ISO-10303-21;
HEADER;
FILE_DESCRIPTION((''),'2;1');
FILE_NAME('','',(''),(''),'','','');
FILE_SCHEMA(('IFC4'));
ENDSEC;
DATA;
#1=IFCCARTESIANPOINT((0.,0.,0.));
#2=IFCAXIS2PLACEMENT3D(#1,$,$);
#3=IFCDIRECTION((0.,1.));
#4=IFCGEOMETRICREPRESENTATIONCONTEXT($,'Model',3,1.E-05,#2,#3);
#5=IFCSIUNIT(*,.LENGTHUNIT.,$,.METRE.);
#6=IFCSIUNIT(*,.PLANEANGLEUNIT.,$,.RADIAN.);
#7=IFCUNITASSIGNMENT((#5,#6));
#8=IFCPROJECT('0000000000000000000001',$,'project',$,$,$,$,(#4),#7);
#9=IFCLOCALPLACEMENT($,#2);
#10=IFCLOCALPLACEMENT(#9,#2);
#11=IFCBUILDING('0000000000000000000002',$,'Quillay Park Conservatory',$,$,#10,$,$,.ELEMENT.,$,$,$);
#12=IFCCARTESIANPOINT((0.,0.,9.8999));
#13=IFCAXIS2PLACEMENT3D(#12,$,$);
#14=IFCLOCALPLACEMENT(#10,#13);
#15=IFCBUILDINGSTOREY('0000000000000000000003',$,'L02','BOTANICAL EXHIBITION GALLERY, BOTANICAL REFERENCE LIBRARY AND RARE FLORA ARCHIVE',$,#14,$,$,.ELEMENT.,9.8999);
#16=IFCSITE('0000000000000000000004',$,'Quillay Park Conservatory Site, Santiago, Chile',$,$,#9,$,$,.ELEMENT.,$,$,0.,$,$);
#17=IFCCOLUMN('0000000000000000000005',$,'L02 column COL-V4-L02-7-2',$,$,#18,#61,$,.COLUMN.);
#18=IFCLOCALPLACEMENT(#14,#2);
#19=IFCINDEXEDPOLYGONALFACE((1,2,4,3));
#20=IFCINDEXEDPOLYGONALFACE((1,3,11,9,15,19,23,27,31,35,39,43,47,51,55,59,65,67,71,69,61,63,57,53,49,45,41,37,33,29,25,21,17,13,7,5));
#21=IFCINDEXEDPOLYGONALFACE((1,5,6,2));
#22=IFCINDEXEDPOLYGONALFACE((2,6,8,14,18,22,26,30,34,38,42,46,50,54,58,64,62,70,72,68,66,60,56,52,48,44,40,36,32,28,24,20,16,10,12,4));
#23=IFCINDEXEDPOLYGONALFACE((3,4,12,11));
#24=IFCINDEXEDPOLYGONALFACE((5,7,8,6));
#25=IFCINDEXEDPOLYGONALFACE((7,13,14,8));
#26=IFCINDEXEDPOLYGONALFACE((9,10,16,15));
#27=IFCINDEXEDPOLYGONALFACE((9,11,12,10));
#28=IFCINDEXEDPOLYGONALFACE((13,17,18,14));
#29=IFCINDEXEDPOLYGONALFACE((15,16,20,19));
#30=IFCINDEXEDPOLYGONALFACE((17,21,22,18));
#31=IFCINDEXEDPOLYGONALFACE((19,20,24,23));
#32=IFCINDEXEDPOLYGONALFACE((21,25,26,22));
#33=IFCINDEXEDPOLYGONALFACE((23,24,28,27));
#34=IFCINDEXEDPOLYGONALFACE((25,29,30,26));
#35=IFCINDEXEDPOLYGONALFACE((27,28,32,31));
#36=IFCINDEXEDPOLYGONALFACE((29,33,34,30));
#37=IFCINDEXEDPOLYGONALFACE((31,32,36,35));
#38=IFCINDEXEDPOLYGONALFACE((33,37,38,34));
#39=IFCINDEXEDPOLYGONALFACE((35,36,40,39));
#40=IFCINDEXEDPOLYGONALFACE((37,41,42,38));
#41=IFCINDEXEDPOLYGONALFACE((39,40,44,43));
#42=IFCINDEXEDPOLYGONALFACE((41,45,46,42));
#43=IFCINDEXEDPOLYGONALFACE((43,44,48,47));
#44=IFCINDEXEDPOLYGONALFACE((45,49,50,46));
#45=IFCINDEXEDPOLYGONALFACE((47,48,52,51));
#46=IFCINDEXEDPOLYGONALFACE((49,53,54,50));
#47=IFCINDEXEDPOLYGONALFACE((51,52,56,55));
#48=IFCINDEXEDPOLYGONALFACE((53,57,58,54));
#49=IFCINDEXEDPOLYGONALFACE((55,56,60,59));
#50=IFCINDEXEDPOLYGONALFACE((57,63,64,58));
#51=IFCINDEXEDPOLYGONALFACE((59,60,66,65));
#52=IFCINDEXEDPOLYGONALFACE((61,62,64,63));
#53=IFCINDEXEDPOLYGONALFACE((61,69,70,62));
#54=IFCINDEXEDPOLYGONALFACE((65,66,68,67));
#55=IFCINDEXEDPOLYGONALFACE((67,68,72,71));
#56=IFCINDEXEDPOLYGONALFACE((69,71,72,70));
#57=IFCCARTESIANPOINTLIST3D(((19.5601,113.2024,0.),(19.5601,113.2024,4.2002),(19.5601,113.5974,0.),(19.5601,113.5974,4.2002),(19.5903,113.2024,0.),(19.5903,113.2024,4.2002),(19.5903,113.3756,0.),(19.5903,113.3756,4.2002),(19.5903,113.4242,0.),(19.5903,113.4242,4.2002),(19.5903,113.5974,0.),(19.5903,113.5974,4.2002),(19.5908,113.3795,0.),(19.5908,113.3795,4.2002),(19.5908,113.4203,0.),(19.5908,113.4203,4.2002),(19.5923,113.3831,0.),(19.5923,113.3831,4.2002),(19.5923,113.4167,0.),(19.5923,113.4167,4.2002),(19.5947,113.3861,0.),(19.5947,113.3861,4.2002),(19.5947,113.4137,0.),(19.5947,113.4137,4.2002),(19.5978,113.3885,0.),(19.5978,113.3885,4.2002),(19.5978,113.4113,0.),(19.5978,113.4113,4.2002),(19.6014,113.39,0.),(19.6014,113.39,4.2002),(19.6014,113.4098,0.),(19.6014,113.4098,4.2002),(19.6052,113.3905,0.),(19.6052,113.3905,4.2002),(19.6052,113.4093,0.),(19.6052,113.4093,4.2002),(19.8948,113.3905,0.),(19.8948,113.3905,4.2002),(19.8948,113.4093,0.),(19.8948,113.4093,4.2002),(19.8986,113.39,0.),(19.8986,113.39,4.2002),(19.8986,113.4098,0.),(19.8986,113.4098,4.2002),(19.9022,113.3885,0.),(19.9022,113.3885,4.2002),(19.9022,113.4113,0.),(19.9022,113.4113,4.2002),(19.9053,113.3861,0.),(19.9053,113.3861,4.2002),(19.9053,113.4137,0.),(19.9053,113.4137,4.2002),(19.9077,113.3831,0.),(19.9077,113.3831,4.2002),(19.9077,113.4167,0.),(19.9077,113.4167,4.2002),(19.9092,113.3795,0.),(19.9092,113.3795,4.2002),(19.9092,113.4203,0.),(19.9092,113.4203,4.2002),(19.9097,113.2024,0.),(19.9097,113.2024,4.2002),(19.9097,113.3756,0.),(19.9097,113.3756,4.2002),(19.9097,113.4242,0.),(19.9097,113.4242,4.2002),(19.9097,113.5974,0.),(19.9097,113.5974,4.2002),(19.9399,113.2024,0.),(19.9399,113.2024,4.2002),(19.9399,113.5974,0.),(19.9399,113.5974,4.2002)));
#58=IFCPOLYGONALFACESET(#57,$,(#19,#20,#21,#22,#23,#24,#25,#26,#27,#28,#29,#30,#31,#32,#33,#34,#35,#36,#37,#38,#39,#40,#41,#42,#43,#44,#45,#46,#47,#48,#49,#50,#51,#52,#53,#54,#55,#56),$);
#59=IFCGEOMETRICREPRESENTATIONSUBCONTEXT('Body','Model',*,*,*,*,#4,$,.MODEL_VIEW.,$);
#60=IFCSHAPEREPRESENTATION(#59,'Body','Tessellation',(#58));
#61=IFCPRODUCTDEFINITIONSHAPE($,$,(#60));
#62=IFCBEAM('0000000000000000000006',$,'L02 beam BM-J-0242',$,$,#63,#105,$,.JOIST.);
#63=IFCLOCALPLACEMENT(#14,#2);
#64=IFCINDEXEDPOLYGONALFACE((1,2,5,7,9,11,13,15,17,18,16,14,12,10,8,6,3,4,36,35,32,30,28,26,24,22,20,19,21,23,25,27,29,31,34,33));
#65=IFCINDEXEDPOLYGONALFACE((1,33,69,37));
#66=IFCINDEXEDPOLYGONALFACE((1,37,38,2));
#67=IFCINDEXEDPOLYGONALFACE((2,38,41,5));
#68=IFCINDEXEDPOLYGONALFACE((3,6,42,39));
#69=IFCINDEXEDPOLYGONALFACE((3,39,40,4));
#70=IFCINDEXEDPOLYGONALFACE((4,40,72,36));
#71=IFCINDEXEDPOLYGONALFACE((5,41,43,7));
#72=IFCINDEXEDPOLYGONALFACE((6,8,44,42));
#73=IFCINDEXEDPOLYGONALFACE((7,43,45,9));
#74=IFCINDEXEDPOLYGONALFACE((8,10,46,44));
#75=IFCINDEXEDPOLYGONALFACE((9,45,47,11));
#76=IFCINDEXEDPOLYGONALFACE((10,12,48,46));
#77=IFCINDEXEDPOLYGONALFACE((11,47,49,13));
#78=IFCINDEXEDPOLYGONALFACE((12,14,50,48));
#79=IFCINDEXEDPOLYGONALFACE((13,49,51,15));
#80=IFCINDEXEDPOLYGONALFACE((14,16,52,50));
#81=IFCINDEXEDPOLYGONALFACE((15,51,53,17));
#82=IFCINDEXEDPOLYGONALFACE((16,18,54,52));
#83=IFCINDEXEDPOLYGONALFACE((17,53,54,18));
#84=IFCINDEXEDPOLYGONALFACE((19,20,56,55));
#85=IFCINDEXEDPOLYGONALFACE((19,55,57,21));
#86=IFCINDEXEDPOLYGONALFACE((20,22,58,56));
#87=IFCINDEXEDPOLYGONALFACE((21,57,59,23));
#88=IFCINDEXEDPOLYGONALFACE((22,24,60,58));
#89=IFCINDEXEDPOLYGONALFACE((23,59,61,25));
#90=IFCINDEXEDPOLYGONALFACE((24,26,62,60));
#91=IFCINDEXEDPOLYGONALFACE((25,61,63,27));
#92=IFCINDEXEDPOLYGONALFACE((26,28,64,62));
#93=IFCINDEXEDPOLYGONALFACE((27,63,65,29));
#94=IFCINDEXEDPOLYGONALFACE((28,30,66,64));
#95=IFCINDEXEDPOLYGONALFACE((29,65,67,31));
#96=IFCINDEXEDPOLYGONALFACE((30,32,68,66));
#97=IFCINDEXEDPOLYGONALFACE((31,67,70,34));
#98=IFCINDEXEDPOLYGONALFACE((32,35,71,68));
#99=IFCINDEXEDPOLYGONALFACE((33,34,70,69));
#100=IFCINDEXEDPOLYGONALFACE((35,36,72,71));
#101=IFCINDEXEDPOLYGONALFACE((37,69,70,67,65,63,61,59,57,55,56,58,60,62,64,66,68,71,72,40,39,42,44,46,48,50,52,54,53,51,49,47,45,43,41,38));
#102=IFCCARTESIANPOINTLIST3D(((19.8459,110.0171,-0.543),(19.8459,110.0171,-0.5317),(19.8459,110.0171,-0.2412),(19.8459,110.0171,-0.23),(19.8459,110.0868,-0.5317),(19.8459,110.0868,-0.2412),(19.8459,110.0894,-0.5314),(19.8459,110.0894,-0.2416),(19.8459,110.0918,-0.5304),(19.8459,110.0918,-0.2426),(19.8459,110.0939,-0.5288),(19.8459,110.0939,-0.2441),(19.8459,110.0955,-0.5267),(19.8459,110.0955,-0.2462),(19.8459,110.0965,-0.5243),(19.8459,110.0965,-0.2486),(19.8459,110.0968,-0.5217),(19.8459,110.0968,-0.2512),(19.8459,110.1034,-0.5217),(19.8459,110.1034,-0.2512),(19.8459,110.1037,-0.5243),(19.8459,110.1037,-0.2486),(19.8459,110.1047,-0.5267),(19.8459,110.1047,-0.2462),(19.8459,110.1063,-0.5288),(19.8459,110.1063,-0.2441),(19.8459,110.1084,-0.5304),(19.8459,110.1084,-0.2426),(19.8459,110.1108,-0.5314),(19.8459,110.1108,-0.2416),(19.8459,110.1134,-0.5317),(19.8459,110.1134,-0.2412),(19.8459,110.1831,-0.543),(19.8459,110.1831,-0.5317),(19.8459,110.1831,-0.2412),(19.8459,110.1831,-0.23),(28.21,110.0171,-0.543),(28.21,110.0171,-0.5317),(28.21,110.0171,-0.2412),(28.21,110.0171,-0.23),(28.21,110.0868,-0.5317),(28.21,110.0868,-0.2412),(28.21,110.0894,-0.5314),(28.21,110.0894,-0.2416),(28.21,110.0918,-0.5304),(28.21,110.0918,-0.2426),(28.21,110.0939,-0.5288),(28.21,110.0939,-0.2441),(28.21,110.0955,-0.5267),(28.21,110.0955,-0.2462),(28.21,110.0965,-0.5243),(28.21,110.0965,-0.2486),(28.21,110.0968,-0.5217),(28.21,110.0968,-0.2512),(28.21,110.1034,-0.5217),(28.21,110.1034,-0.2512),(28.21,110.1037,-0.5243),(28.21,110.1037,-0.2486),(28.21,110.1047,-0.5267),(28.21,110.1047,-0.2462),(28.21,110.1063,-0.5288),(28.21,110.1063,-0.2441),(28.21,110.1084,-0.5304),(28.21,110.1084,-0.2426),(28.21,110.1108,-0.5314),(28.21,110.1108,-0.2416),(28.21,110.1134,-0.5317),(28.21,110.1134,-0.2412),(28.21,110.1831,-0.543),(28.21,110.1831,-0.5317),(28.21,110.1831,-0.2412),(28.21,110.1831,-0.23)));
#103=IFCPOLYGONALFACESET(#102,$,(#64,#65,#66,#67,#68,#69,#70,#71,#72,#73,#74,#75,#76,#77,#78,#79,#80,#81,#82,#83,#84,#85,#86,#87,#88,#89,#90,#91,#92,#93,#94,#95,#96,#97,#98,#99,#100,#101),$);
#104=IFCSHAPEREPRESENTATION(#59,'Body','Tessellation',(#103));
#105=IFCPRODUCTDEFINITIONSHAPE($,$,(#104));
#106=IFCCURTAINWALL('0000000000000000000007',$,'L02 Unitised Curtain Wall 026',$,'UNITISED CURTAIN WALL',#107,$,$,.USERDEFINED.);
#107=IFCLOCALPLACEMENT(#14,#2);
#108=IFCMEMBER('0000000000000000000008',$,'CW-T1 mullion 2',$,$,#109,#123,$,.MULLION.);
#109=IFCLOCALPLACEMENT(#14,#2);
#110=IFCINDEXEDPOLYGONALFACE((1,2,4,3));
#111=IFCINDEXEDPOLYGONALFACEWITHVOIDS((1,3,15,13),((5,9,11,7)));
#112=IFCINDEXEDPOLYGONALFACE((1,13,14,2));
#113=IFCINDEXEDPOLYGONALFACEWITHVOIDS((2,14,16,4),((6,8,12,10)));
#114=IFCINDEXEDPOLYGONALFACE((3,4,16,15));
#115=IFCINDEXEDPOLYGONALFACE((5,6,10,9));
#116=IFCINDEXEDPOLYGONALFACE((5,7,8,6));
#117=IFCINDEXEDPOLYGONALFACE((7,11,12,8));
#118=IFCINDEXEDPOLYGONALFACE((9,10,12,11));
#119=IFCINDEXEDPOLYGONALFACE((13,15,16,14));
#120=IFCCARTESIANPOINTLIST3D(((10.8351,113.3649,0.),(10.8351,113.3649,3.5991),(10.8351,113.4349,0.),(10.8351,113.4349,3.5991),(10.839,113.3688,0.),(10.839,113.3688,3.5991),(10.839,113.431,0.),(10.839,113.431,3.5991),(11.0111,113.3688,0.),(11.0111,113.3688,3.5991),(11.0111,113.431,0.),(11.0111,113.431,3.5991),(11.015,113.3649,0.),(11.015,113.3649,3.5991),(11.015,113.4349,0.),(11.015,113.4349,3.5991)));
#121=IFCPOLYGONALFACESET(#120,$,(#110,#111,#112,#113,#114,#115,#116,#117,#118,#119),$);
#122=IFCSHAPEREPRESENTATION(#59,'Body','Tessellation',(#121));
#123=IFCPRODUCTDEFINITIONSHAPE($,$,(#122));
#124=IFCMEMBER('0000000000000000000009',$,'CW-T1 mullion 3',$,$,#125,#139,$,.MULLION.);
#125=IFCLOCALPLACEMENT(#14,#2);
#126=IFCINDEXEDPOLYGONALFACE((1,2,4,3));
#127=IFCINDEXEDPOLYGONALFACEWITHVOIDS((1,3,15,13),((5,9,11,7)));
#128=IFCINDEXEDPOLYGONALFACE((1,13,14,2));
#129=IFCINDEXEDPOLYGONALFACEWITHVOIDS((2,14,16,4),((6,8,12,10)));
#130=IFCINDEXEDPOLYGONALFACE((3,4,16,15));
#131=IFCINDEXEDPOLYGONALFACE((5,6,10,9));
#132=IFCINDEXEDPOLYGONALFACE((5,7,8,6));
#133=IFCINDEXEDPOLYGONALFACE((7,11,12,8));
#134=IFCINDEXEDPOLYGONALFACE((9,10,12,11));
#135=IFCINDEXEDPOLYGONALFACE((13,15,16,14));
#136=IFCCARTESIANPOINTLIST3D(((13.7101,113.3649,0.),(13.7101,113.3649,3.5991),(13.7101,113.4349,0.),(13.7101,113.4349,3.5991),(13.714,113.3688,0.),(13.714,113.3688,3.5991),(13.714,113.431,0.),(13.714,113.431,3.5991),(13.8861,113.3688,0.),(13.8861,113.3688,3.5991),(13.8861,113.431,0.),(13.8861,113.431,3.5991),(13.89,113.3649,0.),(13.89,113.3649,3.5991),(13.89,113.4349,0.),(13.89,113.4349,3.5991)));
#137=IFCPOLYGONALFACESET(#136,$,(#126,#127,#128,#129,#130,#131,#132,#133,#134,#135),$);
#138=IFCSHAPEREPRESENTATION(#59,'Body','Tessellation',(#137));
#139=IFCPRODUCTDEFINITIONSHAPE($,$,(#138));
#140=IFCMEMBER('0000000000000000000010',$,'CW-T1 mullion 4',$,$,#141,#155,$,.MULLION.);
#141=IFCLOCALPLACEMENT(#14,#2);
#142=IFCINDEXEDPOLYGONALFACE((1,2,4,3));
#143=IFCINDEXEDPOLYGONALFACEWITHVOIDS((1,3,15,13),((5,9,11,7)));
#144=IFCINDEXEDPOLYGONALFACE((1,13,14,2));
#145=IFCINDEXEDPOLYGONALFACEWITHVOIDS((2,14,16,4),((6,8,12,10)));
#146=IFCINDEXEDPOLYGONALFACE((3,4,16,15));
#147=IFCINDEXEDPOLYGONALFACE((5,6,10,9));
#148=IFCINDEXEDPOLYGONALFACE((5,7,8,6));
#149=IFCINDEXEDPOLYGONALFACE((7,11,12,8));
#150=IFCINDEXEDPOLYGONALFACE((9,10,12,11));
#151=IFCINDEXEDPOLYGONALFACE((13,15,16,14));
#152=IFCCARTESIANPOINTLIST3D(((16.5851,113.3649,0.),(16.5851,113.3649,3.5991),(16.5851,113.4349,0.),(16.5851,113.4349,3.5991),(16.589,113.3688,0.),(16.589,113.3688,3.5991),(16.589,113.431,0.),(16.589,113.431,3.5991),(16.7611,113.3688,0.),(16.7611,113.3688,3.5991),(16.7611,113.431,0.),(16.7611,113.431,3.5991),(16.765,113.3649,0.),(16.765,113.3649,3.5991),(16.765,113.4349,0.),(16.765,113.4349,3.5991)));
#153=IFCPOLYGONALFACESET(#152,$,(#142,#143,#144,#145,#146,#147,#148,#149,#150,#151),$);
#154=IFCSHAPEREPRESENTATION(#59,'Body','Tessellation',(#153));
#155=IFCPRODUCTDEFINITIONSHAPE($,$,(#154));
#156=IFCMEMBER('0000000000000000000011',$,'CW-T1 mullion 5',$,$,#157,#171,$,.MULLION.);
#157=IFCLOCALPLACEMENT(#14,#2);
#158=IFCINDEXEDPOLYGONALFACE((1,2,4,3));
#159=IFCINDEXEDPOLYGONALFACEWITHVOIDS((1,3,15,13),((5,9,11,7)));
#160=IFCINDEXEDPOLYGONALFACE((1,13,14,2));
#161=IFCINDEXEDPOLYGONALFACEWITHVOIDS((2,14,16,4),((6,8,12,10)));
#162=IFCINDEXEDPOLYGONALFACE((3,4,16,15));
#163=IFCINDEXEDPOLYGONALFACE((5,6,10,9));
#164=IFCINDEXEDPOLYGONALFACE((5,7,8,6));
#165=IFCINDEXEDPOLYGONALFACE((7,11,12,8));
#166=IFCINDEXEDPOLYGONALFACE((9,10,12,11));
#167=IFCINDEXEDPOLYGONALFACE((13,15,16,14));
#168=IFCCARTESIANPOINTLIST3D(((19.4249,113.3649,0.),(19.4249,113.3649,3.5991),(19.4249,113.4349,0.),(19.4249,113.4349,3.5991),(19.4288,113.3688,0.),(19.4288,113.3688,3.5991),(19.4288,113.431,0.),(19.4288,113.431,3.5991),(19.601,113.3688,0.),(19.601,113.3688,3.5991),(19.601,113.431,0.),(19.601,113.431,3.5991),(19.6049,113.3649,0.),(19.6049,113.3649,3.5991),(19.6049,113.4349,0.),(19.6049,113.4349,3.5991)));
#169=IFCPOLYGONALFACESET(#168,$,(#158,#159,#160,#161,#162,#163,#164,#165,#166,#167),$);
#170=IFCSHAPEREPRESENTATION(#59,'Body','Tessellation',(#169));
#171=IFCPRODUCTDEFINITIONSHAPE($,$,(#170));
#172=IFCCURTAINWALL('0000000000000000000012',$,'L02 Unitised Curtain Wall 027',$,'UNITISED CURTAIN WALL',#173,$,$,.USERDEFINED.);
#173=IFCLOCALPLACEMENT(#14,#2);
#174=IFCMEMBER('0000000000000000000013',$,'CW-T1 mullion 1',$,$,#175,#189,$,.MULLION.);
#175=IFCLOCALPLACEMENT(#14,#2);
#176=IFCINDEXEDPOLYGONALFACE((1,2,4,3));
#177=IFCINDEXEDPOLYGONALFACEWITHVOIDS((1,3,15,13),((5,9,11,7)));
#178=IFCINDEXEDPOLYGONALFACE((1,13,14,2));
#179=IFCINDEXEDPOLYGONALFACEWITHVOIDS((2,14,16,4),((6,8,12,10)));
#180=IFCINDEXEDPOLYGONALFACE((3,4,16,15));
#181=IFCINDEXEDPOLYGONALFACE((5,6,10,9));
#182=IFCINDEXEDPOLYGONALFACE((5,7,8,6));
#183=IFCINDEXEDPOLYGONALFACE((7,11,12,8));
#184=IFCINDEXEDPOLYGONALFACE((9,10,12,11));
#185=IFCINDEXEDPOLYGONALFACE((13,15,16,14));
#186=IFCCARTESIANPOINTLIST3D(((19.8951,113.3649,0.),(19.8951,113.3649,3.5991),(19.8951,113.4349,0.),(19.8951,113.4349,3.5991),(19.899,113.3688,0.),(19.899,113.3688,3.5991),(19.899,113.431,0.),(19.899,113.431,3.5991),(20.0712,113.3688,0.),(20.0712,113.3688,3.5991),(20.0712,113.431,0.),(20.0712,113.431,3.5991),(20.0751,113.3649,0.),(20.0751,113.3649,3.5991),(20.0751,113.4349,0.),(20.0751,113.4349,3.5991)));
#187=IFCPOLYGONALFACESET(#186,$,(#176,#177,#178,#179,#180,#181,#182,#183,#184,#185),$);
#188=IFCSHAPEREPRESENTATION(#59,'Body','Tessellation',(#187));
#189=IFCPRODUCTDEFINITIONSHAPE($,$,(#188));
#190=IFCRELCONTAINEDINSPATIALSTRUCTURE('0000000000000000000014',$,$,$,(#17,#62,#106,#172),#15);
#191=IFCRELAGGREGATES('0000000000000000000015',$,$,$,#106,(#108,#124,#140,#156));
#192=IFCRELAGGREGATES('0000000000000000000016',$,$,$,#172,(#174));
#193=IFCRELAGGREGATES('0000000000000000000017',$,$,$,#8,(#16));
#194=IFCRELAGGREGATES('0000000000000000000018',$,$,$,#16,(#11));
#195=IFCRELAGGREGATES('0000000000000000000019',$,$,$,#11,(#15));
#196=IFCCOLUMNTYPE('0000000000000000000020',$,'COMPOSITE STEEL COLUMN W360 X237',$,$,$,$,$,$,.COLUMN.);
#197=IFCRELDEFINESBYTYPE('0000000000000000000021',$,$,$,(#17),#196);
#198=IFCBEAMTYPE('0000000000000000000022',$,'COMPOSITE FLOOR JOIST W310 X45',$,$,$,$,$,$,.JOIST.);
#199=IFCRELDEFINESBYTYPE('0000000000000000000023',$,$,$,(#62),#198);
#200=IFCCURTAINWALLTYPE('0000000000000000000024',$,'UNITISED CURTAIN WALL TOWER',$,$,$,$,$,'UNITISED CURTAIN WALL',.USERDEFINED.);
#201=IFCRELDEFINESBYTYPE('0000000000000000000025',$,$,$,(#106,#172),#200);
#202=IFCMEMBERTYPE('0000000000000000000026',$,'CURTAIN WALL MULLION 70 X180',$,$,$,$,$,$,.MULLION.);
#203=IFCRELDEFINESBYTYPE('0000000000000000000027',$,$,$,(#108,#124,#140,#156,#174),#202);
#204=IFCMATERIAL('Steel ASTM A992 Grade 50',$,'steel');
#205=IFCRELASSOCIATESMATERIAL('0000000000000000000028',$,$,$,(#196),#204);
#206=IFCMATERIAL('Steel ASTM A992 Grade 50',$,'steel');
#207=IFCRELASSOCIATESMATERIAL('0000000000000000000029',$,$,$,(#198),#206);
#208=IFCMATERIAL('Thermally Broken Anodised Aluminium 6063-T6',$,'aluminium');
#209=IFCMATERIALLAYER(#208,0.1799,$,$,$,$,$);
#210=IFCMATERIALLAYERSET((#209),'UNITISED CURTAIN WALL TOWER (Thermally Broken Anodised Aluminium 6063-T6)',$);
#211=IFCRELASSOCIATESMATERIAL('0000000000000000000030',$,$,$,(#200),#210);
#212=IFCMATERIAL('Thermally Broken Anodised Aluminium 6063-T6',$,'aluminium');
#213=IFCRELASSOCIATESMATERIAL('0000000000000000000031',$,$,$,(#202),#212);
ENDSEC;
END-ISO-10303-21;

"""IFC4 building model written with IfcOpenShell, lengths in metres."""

from ifc_helpers import new_model, si_unit, direction, frame, origin, origin_2d, place, context, subcontext, project, spatial, hollow_rectangle, i_section, extrude, material, layer, layer_set, material_profile, profile_set, type_object, element, aggregate, save


model = new_model("IFC4")

# Units and contexts
model_context = context("Model", 3, precision=1e-05, world=origin(), true_north=direction((0.0, 1.0)))
body_context = subcontext(model_context, "Body", "Model", "MODEL_VIEW")
ifc_project = project(units=[si_unit("LENGTHUNIT", "METRE"), si_unit("PLANEANGLEUNIT", "RADIAN")], contexts=[model_context])

# Site, building, storey
site_placement = place(None, origin())
site = spatial("IfcSite", under=ifc_project, at=site_placement, Name="Quillay Park Conservatory Site, Santiago, Chile", CompositionType="ELEMENT", RefElevation=0.0)
building_placement = place(site_placement, origin())
building = spatial("IfcBuilding", under=site, at=building_placement, Name="Quillay Park Conservatory", CompositionType="ELEMENT")
storey_placement = place(building_placement, frame((0.0, 0.0, 9.8999)))
storey = spatial("IfcBuildingStorey", under=building, at=storey_placement, Name="L02", Description="BOTANICAL EXHIBITION GALLERY, BOTANICAL REFERENCE LIBRARY AND RARE FLORA ARCHIVE", CompositionType="ELEMENT", Elevation=9.8999)

# Column
ifc_material_1 = material(Name="Steel ASTM A992 Grade 50", Category="steel")
ifc_material_profile_1 = material_profile(ifc_material_1, i_section(OverallWidth=0.395, OverallDepth=0.3799, WebThickness=0.0188, FlangeThickness=0.0303, FilletRadius=0.0149, at=origin_2d()), Name="W360x237")
ifc_profile_set_1 = profile_set([ifc_material_profile_1], Name="Steel ASTM A992 Grade 50")
column_type = type_object("IfcColumnType", Name="COMPOSITE STEEL COLUMN W360 X237", PredefinedType="COLUMN", material=ifc_profile_set_1)
column_placement = place(storey_placement, frame((19.75, 113.3999, 0.0), z_axis=(0.0, 0.0, 1.0), x_axis=(0.0, 1.0, 0.0)))
element("IfcColumn", 1, at=column_placement, inside=storey, type_object=column_type, Name="L02 column COL-V4-L02-7-2", PredefinedType="COLUMN", context=body_context, shape_type="SweptSolid", body=[
    extrude(i_section(OverallWidth=0.395, OverallDepth=0.3799, WebThickness=0.0188, FlangeThickness=0.0303, FilletRadius=0.0149, at=origin_2d()), origin(), (0.0, 0.0, 1.0), 4.2002),
])

# Beam
ifc_material_2 = material(Name="Steel ASTM A992 Grade 50", Category="steel")
ifc_material_profile_2 = material_profile(ifc_material_2, i_section(OverallWidth=0.166, OverallDepth=0.313, WebThickness=0.0066, FlangeThickness=0.0112, FilletRadius=0.01, at=origin_2d()), Name="W310x45")
ifc_profile_set_2 = profile_set([ifc_material_profile_2], Name="Steel ASTM A992 Grade 50")
beam_type_1 = type_object("IfcBeamType", Name="COMPOSITE FLOOR JOIST W310 X45", PredefinedType="JOIST", material=ifc_profile_set_2)
beam_1_placement = place(storey_placement, frame((19.8459, 110.1001, -0.3865), z_axis=(1.0, 0.0, 0.0), x_axis=(0.0, 1.0, 0.0)))
element("IfcBeam", 2, at=beam_1_placement, inside=storey, type_object=beam_type_1, Name="L02 beam BM-J-0242", PredefinedType="JOIST", context=body_context, shape_type="SweptSolid", body=[
    extrude(i_section(OverallWidth=0.166, OverallDepth=0.313, WebThickness=0.0066, FlangeThickness=0.0112, FilletRadius=0.01, at=origin_2d()), origin(), (0.0, 0.0, 1.0), 8.364),
])

# Curtain wall, members
ifc_material_3 = material(Name="Thermally Broken Anodised Aluminium 6063-T6", Category="aluminium")
ifc_layer_1 = layer(ifc_material_3, 0.1799)
ifc_layer_set_1 = layer_set([ifc_layer_1], Name="UNITISED CURTAIN WALL TOWER (Thermally Broken Anodised Aluminium 6063-T6)")
curtain_wall_type = type_object("IfcCurtainWallType", Name="UNITISED CURTAIN WALL TOWER", ElementType="UNITISED CURTAIN WALL", PredefinedType="USERDEFINED", material=ifc_layer_set_1)
curtain_wall_1_placement = place(storey_placement, origin())
curtain_wall_1 = element("IfcCurtainWall", 3, at=curtain_wall_1_placement, inside=storey, type_object=curtain_wall_type, Name="L02 Unitised Curtain Wall 026", ObjectType="UNITISED CURTAIN WALL", PredefinedType="USERDEFINED")
ifc_material_4 = material(Name="Thermally Broken Anodised Aluminium 6063-T6", Category="aluminium")
ifc_material_profile_3 = material_profile(ifc_material_4, hollow_rectangle(XDim=0.0701, YDim=0.1799, WallThickness=0.0039, at=origin_2d()), Name="AL70x180x4")
ifc_profile_set_3 = profile_set([ifc_material_profile_3], Name="Thermally Broken Anodised Aluminium 6063-T6")
member_type_1 = type_object("IfcMemberType", Name="CURTAIN WALL MULLION 70 X180", PredefinedType="MULLION", material=ifc_profile_set_3)
member_1_placement = place(storey_placement, frame((10.925, 113.3999, 0.0), z_axis=(0.0, 0.0, 1.0), x_axis=(0.0, 1.0, 0.0)))
member_1 = element("IfcMember", 4, at=member_1_placement, type_object=member_type_1, Name="CW-T1 mullion 2", PredefinedType="MULLION", context=body_context, shape_type="SweptSolid", body=[
    extrude(hollow_rectangle(XDim=0.0701, YDim=0.1799, WallThickness=0.0039, at=origin_2d()), origin(), (0.0, 0.0, 1.0), 3.5991),
])
member_2_placement = place(storey_placement, frame((13.8, 113.3999, 0.0), z_axis=(0.0, 0.0, 1.0), x_axis=(0.0, 1.0, 0.0)))
member_2 = element("IfcMember", 5, at=member_2_placement, type_object=member_type_1, Name="CW-T1 mullion 3", PredefinedType="MULLION", context=body_context, shape_type="SweptSolid", body=[
    extrude(hollow_rectangle(XDim=0.0701, YDim=0.1799, WallThickness=0.0039, at=origin_2d()), origin(), (0.0, 0.0, 1.0), 3.5991),
])
member_3_placement = place(storey_placement, frame((16.675, 113.3999, 0.0), z_axis=(0.0, 0.0, 1.0), x_axis=(0.0, 1.0, 0.0)))
member_3 = element("IfcMember", 6, at=member_3_placement, type_object=member_type_1, Name="CW-T1 mullion 4", PredefinedType="MULLION", context=body_context, shape_type="SweptSolid", body=[
    extrude(hollow_rectangle(XDim=0.0701, YDim=0.1799, WallThickness=0.0039, at=origin_2d()), origin(), (0.0, 0.0, 1.0), 3.5991),
])
member_4_placement = place(storey_placement, frame((19.5149, 113.3999, 0.0), z_axis=(0.0, 0.0, 1.0), x_axis=(0.0, 1.0, 0.0)))
member_4 = element("IfcMember", 7, at=member_4_placement, type_object=member_type_1, Name="CW-T1 mullion 5", PredefinedType="MULLION", context=body_context, shape_type="SweptSolid", body=[
    extrude(hollow_rectangle(XDim=0.0701, YDim=0.1799, WallThickness=0.0039, at=origin_2d()), origin(), (0.0, 0.0, 1.0), 3.5991),
])

# Curtain wall, member
curtain_wall_2_placement = place(storey_placement, origin())
curtain_wall_2 = element("IfcCurtainWall", 8, at=curtain_wall_2_placement, inside=storey, type_object=curtain_wall_type, Name="L02 Unitised Curtain Wall 027", ObjectType="UNITISED CURTAIN WALL", PredefinedType="USERDEFINED")
member_5_placement = place(storey_placement, frame((19.9851, 113.3999, 0.0), z_axis=(0.0, 0.0, 1.0), x_axis=(0.0, 1.0, 0.0)))
member_5 = element("IfcMember", 9, at=member_5_placement, type_object=member_type_1, Name="CW-T1 mullion 1", PredefinedType="MULLION", context=body_context, shape_type="SweptSolid", body=[
    extrude(hollow_rectangle(XDim=0.0701, YDim=0.1799, WallThickness=0.0039, at=origin_2d()), origin(), (0.0, 0.0, 1.0), 3.5991),
])

aggregate(curtain_wall_1, [member_1, member_2, member_3, member_4])
aggregate(curtain_wall_2, [member_5])

save(model, "model.ifc")
